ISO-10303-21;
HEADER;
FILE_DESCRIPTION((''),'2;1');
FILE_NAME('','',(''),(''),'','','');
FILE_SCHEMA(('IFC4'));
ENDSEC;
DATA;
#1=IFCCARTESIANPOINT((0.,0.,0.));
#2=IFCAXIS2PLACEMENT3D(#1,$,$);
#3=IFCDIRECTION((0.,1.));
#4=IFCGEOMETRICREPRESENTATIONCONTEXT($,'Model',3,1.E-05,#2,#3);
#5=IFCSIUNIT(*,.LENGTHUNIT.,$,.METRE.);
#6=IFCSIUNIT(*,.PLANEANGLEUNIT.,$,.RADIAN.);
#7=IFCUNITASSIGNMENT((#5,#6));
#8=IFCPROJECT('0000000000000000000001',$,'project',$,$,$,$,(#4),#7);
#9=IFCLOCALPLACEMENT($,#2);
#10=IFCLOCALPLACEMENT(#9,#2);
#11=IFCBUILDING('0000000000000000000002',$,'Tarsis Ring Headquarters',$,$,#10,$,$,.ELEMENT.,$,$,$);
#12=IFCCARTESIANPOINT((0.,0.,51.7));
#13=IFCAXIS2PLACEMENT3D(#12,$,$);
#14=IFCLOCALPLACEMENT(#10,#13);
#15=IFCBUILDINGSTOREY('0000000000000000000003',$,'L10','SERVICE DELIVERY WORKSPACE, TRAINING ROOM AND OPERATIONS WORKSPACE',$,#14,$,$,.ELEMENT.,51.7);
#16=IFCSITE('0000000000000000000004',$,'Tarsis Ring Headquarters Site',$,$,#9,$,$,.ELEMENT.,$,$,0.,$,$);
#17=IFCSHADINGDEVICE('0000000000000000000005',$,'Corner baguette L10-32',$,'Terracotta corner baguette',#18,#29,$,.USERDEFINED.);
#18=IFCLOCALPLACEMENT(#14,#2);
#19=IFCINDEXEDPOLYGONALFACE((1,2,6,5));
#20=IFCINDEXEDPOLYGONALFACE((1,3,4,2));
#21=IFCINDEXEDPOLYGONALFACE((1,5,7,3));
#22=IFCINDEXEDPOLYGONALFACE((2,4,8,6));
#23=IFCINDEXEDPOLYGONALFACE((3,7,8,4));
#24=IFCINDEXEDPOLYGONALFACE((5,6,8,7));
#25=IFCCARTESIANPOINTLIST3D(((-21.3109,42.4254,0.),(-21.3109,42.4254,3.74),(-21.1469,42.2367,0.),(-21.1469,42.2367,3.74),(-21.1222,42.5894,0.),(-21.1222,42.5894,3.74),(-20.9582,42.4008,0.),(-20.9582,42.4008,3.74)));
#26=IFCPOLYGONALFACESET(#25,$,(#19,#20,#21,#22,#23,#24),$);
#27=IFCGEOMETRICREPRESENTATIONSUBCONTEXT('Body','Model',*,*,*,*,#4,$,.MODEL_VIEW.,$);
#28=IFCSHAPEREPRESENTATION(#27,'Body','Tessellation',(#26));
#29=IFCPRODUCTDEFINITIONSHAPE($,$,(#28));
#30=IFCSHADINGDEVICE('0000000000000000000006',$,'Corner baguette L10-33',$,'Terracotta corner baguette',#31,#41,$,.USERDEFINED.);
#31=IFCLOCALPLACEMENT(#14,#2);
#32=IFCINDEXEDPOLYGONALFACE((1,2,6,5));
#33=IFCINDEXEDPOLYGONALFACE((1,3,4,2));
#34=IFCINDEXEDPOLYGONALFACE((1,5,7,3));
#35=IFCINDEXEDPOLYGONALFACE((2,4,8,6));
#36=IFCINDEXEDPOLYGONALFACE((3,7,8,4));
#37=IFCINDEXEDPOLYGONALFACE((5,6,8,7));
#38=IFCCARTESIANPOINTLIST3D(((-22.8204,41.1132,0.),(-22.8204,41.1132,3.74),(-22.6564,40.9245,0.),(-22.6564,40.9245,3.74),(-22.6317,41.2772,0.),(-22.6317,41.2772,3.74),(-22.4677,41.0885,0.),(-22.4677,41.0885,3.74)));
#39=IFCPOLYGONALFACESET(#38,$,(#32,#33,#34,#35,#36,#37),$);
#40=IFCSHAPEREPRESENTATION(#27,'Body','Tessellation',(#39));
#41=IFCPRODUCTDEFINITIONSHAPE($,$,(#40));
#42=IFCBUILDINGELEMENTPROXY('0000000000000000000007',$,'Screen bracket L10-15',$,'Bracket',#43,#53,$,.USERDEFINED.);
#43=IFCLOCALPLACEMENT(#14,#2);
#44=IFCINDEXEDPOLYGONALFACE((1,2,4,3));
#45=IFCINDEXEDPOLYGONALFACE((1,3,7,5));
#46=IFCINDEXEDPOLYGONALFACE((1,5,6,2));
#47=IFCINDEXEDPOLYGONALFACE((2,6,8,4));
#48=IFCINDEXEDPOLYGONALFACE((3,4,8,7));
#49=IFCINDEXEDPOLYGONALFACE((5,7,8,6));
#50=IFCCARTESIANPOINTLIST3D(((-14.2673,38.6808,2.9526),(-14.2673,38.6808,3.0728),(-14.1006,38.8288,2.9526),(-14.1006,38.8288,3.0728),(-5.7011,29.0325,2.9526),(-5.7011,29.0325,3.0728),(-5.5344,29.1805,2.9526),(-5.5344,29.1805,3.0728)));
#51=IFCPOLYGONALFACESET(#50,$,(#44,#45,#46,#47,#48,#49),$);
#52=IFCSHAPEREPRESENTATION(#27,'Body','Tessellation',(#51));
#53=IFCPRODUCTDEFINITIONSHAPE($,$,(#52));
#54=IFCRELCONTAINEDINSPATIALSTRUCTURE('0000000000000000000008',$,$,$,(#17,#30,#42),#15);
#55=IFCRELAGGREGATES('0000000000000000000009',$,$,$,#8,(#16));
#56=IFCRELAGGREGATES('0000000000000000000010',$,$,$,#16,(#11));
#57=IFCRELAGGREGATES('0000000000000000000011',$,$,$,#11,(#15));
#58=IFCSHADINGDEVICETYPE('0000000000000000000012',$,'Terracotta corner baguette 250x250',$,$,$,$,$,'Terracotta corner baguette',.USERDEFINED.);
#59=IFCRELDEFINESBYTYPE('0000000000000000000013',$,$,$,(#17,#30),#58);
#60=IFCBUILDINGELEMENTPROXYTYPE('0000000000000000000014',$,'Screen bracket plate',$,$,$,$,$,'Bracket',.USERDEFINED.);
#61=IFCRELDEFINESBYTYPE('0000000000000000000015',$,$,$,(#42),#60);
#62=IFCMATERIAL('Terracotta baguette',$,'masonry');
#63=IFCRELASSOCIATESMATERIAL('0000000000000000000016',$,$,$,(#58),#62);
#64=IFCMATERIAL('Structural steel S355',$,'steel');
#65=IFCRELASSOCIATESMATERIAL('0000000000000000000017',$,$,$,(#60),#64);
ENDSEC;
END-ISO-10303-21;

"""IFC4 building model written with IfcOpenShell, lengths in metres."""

from ifc_helpers import new_model, si_unit, direction, frame, origin, origin_2d, place, context, subcontext, project, spatial, rectangle, extrude, material, type_object, element, save


model = new_model("IFC4")

# Units and contexts
model_context = context("Model", 3, precision=1e-05, world=origin(), true_north=direction((0.0, 1.0)))
body_context = subcontext(model_context, "Body", "Model", "MODEL_VIEW")
ifc_project = project(units=[si_unit("LENGTHUNIT", "METRE"), si_unit("PLANEANGLEUNIT", "RADIAN")], contexts=[model_context])

# Site, building, storey
site_placement = place(None, origin())
site = spatial("IfcSite", under=ifc_project, at=site_placement, Name="Tarsis Ring Headquarters Site", CompositionType="ELEMENT", RefElevation=0.0)
building_placement = place(site_placement, origin())
building = spatial("IfcBuilding", under=site, at=building_placement, Name="Tarsis Ring Headquarters", CompositionType="ELEMENT")
storey_placement = place(building_placement, frame((0.0, 0.0, 51.7)))
storey = spatial("IfcBuildingStorey", under=building, at=storey_placement, Name="L10", Description="SERVICE DELIVERY WORKSPACE, TRAINING ROOM AND OPERATIONS WORKSPACE", CompositionType="ELEMENT", Elevation=51.7)

# Shared definitions
ifc_material_1 = material(Name="Structural steel S355", Category="steel")

# Shading devices
ifc_material_2 = material(Name="Terracotta baguette", Category="masonry")
shading_device_type_1 = type_object("IfcShadingDeviceType", Name="Terracotta corner baguette 250x250", ElementType="Terracotta corner baguette", PredefinedType="USERDEFINED", material=ifc_material_2)
for number, where, z_axis, x_axis, name in (
    (1, (-21.1345, 42.4131, 0.0), (0.0, 0.0, 1.0), (-0.656059, 0.75471, 0.0), "Corner baguette L10-32"),
    (2, (-22.644, 41.1008, 0.0), (0.0, 0.0, 1.0), (-0.754709, -0.656059, 0.0), "Corner baguette L10-33"),
):
    element("IfcShadingDevice", number, at=place(storey_placement, frame(where, z_axis=z_axis, x_axis=x_axis)), inside=storey, type_object=shading_device_type_1, Name=name, ObjectType="Terracotta corner baguette", PredefinedType="USERDEFINED", context=body_context, shape_type="SweptSolid", body=[
        extrude(rectangle(XDim=0.25, YDim=0.25, at=origin_2d()), origin(), (0.0, 0.0, 1.0), 3.74),
    ])

# Building element proxy
building_element_proxy_type = type_object("IfcBuildingElementProxyType", Name="Screen bracket plate", ElementType="Bracket", PredefinedType="USERDEFINED", material=ifc_material_1)
proxy_placement = place(storey_placement, frame((-9.9009, 33.9307, 2.9526), z_axis=(0.0, 0.0, 1.0), x_axis=(-0.663926, 0.747798, 0.0)))
element("IfcBuildingElementProxy", 3, at=proxy_placement, inside=storey, type_object=building_element_proxy_type, Name="Screen bracket L10-15", ObjectType="Bracket", PredefinedType="USERDEFINED", context=body_context, shape_type="SweptSolid", body=[
    extrude(rectangle(XDim=12.9023, YDim=0.2229, at=origin_2d()), origin(), (0.0, 0.0, 1.0), 0.1201),
])

save(model, "model.ifc")
